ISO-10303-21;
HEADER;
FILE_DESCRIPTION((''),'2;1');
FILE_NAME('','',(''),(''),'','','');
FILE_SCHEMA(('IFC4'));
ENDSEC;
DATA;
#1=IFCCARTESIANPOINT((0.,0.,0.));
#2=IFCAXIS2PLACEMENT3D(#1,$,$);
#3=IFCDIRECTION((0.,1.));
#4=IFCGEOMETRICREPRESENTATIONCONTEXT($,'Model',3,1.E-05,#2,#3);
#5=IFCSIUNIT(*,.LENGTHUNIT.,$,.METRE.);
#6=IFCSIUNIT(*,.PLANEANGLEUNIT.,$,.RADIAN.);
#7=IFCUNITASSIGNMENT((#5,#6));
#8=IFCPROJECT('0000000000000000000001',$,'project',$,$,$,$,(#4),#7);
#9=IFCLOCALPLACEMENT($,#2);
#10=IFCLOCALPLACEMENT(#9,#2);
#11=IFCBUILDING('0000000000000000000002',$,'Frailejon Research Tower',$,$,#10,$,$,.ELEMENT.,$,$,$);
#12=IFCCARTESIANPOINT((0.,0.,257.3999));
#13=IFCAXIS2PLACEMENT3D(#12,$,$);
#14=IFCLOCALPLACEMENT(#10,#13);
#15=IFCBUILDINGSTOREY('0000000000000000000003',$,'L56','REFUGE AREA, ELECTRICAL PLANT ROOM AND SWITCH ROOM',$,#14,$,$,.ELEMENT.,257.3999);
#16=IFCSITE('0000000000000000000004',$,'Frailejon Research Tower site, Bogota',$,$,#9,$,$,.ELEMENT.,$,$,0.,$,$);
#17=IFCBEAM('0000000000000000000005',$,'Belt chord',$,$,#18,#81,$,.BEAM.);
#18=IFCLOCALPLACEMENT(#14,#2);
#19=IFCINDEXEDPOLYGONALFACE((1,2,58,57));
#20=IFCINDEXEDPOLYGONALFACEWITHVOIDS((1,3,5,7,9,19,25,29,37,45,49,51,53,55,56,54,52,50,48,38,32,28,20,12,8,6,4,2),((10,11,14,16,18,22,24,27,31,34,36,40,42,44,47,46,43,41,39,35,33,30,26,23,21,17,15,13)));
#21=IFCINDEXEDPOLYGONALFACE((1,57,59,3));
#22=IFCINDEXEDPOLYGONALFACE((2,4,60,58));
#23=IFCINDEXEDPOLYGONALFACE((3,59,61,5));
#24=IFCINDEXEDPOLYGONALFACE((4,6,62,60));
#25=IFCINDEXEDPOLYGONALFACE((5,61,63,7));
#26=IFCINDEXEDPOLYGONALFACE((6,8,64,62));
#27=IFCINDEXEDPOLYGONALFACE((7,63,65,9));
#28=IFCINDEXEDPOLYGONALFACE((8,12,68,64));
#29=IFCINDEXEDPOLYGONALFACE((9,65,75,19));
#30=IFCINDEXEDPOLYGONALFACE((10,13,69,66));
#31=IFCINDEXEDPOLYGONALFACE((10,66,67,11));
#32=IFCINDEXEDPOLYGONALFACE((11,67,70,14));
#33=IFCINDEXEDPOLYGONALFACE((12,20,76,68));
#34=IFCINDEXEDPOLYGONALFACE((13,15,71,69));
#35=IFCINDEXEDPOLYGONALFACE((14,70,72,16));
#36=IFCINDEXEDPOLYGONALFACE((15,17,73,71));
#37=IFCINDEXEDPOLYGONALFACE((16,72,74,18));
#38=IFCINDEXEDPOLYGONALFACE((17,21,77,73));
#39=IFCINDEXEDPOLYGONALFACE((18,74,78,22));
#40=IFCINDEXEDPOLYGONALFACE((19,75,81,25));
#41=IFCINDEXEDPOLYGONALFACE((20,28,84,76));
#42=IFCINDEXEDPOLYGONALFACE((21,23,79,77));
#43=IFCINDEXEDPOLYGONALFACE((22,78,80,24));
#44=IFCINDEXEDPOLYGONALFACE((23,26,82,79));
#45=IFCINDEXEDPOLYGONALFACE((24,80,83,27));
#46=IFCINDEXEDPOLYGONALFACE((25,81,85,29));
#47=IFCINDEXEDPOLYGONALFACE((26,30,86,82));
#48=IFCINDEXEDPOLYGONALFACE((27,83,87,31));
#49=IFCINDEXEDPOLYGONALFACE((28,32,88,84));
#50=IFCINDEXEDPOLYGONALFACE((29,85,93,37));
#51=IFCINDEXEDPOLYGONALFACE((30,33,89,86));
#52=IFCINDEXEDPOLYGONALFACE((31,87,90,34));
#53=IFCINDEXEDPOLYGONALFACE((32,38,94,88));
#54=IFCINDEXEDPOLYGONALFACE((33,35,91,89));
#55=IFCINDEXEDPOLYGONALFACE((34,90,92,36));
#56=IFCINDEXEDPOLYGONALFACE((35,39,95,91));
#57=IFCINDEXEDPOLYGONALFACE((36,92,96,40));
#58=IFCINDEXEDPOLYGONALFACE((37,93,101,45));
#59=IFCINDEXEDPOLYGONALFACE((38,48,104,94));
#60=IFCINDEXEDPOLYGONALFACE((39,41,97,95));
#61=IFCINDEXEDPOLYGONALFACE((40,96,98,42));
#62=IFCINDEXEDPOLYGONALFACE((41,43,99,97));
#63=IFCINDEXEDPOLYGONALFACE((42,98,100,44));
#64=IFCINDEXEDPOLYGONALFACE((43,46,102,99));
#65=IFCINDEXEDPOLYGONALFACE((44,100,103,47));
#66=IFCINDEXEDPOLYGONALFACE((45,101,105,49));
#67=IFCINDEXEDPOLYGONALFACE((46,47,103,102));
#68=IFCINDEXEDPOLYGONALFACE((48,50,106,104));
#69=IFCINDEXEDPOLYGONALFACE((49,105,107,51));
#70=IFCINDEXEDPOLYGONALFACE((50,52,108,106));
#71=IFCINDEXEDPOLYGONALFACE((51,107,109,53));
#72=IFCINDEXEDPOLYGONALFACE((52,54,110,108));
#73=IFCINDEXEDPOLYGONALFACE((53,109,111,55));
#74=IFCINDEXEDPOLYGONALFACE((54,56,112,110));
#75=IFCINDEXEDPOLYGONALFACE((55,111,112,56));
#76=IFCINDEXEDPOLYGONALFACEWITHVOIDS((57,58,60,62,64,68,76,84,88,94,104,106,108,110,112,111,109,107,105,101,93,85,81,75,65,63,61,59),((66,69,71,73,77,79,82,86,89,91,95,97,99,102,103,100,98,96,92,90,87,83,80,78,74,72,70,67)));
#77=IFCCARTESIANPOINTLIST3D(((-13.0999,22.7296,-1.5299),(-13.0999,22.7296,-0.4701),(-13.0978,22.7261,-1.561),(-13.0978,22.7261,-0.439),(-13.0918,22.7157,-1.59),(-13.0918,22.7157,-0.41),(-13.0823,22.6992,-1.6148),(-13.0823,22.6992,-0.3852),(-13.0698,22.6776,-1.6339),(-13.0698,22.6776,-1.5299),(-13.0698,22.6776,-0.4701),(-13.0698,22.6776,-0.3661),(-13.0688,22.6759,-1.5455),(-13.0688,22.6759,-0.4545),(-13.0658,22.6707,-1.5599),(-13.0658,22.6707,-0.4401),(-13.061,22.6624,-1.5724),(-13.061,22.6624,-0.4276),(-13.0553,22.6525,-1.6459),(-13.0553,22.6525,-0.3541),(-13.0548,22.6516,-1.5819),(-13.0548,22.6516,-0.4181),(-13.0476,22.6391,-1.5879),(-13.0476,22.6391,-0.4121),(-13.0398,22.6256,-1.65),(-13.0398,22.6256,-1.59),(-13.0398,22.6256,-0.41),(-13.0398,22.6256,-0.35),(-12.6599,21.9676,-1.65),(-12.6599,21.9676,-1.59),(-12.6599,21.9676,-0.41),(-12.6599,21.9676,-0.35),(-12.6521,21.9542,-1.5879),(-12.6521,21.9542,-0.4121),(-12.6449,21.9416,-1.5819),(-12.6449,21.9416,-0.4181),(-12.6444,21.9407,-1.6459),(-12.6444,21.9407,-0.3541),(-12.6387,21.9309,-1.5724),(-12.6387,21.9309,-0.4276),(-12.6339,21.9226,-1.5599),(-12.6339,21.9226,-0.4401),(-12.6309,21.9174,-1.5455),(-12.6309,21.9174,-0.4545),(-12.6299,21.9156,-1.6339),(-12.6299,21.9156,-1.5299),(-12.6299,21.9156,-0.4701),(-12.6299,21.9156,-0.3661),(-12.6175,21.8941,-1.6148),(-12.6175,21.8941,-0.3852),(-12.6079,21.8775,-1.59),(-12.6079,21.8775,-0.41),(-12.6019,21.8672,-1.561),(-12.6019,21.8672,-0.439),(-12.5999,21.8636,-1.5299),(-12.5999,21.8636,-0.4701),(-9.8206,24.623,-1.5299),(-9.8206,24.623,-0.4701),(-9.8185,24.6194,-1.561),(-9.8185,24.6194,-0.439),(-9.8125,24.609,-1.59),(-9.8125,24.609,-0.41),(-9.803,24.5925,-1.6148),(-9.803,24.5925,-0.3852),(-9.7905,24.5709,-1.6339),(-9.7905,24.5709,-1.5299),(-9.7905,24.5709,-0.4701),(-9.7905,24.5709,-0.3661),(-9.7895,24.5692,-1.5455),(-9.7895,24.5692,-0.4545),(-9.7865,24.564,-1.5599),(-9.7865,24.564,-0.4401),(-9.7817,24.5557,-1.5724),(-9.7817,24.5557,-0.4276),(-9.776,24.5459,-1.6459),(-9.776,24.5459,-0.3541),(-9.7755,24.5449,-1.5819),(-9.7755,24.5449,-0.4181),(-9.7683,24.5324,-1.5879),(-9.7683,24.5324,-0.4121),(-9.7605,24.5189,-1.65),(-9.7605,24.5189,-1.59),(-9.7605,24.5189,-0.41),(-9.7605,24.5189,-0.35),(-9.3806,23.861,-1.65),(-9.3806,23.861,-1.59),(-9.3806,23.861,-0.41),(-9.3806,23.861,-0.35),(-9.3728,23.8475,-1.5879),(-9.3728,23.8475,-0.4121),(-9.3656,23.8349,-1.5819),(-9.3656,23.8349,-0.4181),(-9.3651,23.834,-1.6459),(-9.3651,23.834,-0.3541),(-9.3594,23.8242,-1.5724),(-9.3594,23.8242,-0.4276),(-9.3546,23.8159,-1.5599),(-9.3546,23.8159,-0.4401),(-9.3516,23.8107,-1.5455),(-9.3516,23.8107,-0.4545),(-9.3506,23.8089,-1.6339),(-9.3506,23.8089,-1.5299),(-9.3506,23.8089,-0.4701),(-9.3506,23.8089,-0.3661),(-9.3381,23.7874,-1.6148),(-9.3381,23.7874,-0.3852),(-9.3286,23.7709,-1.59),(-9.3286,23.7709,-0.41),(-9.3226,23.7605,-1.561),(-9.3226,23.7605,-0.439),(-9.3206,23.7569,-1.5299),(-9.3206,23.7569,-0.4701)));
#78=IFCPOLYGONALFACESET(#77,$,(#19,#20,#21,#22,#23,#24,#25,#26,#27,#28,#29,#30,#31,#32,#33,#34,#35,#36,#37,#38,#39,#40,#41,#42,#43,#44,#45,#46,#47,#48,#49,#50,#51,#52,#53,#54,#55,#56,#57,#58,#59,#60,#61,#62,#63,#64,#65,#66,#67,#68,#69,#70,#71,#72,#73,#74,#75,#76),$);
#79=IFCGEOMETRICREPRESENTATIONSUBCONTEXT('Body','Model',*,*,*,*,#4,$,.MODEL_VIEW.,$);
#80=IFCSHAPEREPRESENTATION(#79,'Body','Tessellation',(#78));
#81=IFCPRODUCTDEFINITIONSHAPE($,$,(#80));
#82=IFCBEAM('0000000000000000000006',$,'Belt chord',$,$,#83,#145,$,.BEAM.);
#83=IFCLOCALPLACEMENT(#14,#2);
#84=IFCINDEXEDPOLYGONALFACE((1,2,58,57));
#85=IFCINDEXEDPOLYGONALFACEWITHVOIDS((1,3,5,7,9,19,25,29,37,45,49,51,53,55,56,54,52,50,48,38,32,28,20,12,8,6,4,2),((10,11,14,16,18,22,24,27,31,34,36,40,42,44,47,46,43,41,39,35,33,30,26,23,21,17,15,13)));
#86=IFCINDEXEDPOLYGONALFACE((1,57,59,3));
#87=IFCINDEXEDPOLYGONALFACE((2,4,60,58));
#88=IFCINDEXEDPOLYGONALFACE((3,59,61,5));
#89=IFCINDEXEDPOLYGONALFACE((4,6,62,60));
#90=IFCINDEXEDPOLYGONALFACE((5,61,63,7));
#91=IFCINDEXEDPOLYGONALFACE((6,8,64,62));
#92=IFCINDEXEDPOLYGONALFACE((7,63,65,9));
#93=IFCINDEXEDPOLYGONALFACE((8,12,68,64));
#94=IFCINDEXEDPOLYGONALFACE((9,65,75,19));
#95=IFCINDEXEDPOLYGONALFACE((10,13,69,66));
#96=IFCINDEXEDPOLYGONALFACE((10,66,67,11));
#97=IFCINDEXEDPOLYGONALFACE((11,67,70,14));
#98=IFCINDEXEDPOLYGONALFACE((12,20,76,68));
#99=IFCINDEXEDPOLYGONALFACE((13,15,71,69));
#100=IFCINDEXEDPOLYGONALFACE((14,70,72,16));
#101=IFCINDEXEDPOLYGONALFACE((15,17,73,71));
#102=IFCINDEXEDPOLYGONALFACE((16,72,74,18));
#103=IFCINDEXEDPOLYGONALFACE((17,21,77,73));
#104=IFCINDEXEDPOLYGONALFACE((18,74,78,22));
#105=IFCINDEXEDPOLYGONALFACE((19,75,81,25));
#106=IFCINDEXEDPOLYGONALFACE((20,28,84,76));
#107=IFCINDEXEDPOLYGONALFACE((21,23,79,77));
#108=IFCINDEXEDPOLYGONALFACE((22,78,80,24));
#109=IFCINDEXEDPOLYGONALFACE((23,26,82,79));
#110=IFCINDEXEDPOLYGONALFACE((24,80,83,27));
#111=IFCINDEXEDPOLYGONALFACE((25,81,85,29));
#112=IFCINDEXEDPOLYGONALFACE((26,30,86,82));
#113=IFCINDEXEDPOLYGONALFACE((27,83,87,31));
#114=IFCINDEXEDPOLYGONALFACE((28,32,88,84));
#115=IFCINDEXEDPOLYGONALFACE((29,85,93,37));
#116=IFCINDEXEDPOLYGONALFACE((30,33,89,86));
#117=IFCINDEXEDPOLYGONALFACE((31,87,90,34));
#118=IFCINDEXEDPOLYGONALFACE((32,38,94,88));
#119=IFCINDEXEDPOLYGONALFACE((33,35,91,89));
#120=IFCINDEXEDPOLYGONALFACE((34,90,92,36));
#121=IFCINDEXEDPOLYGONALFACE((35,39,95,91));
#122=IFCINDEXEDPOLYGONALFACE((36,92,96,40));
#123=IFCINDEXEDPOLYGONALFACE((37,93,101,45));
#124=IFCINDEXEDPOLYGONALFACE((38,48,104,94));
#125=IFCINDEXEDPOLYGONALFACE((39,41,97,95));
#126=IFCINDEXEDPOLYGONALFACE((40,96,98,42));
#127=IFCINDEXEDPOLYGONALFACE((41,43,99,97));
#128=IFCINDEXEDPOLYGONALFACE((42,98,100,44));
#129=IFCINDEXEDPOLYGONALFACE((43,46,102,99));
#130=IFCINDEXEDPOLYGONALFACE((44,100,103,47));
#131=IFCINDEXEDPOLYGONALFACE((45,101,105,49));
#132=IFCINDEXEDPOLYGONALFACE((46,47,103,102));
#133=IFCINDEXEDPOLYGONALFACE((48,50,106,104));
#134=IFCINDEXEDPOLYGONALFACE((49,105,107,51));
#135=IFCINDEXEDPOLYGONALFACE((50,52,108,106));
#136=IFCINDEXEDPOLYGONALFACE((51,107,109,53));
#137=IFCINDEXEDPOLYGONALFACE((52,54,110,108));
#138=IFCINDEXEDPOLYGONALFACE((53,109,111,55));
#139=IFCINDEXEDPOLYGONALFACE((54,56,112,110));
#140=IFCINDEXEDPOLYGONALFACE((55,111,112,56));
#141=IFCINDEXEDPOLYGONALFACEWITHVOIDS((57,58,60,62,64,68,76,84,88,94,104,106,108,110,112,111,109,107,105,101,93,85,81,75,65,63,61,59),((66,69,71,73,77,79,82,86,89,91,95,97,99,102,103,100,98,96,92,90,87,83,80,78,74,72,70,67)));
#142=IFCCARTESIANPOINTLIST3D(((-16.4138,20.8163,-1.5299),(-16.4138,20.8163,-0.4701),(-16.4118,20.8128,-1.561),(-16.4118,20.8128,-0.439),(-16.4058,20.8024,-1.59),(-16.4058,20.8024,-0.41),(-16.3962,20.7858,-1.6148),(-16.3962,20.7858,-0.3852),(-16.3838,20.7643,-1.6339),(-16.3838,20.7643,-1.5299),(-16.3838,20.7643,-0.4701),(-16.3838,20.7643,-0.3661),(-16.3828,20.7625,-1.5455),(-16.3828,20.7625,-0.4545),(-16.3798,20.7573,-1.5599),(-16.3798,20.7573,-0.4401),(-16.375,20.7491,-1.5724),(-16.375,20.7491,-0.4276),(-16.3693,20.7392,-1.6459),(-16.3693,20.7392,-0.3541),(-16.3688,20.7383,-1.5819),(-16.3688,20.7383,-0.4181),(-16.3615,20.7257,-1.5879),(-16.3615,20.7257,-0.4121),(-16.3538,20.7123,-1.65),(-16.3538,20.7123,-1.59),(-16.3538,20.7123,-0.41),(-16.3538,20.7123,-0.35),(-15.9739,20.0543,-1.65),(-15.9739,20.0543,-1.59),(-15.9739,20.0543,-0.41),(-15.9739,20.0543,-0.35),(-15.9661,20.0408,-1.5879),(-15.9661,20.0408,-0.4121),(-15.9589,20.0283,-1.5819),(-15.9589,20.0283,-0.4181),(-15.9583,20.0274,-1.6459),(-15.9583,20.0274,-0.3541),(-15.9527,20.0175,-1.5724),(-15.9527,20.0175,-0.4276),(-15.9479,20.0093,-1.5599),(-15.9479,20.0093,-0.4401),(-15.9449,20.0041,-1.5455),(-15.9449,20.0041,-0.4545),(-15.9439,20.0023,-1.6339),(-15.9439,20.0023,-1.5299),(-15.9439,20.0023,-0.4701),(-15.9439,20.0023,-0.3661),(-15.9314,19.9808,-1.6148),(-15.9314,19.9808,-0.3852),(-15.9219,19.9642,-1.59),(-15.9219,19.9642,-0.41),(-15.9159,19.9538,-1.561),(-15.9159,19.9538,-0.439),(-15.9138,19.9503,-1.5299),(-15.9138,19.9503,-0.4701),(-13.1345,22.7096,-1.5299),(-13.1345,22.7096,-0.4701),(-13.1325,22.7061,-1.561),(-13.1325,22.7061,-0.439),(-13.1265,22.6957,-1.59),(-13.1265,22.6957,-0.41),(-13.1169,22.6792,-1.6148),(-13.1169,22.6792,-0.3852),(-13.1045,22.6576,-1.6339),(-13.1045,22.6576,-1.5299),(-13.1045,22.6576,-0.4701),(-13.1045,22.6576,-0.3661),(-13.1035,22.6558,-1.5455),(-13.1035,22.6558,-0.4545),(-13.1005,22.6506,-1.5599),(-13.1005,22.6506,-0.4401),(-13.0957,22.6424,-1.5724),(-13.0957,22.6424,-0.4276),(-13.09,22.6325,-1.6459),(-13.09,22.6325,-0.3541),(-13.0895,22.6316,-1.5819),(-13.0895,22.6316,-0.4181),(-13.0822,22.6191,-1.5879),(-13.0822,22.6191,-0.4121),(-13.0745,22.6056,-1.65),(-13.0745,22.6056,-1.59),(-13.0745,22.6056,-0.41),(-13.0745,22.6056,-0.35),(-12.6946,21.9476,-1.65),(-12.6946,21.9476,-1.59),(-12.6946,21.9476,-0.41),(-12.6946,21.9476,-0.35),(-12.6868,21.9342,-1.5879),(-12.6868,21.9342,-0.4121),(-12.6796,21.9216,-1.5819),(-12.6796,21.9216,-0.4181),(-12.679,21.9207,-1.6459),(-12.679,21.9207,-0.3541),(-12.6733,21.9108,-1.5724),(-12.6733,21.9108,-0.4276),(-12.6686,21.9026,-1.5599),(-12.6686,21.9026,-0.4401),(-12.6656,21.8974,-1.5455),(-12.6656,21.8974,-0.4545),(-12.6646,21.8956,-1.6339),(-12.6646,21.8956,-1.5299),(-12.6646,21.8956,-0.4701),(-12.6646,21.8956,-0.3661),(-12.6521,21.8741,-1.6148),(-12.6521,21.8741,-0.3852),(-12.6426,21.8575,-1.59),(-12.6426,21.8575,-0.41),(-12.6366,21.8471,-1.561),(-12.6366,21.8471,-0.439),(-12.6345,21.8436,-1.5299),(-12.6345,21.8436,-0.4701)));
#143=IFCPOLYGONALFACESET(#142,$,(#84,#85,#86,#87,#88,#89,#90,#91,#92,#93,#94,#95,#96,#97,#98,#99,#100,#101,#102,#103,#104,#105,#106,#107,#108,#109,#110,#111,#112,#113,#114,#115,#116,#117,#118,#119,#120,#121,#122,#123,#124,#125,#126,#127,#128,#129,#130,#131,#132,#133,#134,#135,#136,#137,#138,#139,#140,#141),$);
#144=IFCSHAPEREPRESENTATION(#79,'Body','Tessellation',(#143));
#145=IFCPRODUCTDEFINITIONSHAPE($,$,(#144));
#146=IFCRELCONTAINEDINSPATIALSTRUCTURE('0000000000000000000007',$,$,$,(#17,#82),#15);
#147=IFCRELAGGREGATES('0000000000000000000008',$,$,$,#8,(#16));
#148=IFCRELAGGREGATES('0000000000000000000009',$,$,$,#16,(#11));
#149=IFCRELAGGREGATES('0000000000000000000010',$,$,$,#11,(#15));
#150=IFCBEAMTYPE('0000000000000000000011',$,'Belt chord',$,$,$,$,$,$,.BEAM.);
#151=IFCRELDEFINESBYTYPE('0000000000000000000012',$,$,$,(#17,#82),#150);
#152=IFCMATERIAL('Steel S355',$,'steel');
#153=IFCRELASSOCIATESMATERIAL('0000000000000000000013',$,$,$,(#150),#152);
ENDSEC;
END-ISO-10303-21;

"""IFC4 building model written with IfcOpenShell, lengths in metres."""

from ifc_helpers import new_model, si_unit, direction, frame, origin, origin_2d, place, context, subcontext, project, spatial, hollow_rectangle, extrude, material, material_profile, profile_set, type_object, element, save


model = new_model("IFC4")

# Units and contexts
model_context = context("Model", 3, precision=1e-05, world=origin(), true_north=direction((0.0, 1.0)))
body_context = subcontext(model_context, "Body", "Model", "MODEL_VIEW")
ifc_project = project(units=[si_unit("LENGTHUNIT", "METRE"), si_unit("PLANEANGLEUNIT", "RADIAN")], contexts=[model_context])

# Site, building, storey
site_placement = place(None, origin())
site = spatial("IfcSite", under=ifc_project, at=site_placement, Name="Frailejon Research Tower site, Bogota", CompositionType="ELEMENT", RefElevation=0.0)
building_placement = place(site_placement, origin())
building = spatial("IfcBuilding", under=site, at=building_placement, Name="Frailejon Research Tower", CompositionType="ELEMENT")
storey_placement = place(building_placement, frame((0.0, 0.0, 257.3999)))
storey = spatial("IfcBuildingStorey", under=building, at=storey_placement, Name="L56", Description="REFUGE AREA, ELECTRICAL PLANT ROOM AND SWITCH ROOM", CompositionType="ELEMENT", Elevation=257.3999)

# Beams
ifc_material_1 = material(Name="Steel S355", Category="steel")
ifc_material_profile_1 = material_profile(ifc_material_1, hollow_rectangle(XDim=1.0, YDim=1.3, WallThickness=0.0601, InnerFilletRadius=0.0601, OuterFilletRadius=0.1201, at=origin_2d()), Name="Belt chord")
ifc_profile_set_1 = profile_set([ifc_material_profile_1], Name="Steel S355")
beam_type_1 = type_object("IfcBeamType", Name="Belt chord", PredefinedType="BEAM", material=ifc_profile_set_1)
for number, where, z_axis, x_axis, name in (
    (1, (-9.5706, 24.1899, -1.0), (-0.866025, -0.500002, 0.0), (0.500002, -0.866025, 0.0), "Belt chord"),
    (2, (-12.8845, 22.2766, -1.0), (-0.866025, -0.500002, 0.0), (0.500002, -0.866025, 0.0), "Belt chord"),
):
    element("IfcBeam", number, at=place(storey_placement, frame(where, z_axis=z_axis, x_axis=x_axis)), inside=storey, type_object=beam_type_1, Name=name, PredefinedType="BEAM", context=body_context, shape_type="SweptSolid", body=[
        extrude(hollow_rectangle(XDim=1.0, YDim=1.3, WallThickness=0.0601, InnerFilletRadius=0.0601, OuterFilletRadius=0.1201, at=origin_2d()), origin(), (0.0, 0.0, 1.0), 3.7866),
    ])

save(model, "model.ifc")
